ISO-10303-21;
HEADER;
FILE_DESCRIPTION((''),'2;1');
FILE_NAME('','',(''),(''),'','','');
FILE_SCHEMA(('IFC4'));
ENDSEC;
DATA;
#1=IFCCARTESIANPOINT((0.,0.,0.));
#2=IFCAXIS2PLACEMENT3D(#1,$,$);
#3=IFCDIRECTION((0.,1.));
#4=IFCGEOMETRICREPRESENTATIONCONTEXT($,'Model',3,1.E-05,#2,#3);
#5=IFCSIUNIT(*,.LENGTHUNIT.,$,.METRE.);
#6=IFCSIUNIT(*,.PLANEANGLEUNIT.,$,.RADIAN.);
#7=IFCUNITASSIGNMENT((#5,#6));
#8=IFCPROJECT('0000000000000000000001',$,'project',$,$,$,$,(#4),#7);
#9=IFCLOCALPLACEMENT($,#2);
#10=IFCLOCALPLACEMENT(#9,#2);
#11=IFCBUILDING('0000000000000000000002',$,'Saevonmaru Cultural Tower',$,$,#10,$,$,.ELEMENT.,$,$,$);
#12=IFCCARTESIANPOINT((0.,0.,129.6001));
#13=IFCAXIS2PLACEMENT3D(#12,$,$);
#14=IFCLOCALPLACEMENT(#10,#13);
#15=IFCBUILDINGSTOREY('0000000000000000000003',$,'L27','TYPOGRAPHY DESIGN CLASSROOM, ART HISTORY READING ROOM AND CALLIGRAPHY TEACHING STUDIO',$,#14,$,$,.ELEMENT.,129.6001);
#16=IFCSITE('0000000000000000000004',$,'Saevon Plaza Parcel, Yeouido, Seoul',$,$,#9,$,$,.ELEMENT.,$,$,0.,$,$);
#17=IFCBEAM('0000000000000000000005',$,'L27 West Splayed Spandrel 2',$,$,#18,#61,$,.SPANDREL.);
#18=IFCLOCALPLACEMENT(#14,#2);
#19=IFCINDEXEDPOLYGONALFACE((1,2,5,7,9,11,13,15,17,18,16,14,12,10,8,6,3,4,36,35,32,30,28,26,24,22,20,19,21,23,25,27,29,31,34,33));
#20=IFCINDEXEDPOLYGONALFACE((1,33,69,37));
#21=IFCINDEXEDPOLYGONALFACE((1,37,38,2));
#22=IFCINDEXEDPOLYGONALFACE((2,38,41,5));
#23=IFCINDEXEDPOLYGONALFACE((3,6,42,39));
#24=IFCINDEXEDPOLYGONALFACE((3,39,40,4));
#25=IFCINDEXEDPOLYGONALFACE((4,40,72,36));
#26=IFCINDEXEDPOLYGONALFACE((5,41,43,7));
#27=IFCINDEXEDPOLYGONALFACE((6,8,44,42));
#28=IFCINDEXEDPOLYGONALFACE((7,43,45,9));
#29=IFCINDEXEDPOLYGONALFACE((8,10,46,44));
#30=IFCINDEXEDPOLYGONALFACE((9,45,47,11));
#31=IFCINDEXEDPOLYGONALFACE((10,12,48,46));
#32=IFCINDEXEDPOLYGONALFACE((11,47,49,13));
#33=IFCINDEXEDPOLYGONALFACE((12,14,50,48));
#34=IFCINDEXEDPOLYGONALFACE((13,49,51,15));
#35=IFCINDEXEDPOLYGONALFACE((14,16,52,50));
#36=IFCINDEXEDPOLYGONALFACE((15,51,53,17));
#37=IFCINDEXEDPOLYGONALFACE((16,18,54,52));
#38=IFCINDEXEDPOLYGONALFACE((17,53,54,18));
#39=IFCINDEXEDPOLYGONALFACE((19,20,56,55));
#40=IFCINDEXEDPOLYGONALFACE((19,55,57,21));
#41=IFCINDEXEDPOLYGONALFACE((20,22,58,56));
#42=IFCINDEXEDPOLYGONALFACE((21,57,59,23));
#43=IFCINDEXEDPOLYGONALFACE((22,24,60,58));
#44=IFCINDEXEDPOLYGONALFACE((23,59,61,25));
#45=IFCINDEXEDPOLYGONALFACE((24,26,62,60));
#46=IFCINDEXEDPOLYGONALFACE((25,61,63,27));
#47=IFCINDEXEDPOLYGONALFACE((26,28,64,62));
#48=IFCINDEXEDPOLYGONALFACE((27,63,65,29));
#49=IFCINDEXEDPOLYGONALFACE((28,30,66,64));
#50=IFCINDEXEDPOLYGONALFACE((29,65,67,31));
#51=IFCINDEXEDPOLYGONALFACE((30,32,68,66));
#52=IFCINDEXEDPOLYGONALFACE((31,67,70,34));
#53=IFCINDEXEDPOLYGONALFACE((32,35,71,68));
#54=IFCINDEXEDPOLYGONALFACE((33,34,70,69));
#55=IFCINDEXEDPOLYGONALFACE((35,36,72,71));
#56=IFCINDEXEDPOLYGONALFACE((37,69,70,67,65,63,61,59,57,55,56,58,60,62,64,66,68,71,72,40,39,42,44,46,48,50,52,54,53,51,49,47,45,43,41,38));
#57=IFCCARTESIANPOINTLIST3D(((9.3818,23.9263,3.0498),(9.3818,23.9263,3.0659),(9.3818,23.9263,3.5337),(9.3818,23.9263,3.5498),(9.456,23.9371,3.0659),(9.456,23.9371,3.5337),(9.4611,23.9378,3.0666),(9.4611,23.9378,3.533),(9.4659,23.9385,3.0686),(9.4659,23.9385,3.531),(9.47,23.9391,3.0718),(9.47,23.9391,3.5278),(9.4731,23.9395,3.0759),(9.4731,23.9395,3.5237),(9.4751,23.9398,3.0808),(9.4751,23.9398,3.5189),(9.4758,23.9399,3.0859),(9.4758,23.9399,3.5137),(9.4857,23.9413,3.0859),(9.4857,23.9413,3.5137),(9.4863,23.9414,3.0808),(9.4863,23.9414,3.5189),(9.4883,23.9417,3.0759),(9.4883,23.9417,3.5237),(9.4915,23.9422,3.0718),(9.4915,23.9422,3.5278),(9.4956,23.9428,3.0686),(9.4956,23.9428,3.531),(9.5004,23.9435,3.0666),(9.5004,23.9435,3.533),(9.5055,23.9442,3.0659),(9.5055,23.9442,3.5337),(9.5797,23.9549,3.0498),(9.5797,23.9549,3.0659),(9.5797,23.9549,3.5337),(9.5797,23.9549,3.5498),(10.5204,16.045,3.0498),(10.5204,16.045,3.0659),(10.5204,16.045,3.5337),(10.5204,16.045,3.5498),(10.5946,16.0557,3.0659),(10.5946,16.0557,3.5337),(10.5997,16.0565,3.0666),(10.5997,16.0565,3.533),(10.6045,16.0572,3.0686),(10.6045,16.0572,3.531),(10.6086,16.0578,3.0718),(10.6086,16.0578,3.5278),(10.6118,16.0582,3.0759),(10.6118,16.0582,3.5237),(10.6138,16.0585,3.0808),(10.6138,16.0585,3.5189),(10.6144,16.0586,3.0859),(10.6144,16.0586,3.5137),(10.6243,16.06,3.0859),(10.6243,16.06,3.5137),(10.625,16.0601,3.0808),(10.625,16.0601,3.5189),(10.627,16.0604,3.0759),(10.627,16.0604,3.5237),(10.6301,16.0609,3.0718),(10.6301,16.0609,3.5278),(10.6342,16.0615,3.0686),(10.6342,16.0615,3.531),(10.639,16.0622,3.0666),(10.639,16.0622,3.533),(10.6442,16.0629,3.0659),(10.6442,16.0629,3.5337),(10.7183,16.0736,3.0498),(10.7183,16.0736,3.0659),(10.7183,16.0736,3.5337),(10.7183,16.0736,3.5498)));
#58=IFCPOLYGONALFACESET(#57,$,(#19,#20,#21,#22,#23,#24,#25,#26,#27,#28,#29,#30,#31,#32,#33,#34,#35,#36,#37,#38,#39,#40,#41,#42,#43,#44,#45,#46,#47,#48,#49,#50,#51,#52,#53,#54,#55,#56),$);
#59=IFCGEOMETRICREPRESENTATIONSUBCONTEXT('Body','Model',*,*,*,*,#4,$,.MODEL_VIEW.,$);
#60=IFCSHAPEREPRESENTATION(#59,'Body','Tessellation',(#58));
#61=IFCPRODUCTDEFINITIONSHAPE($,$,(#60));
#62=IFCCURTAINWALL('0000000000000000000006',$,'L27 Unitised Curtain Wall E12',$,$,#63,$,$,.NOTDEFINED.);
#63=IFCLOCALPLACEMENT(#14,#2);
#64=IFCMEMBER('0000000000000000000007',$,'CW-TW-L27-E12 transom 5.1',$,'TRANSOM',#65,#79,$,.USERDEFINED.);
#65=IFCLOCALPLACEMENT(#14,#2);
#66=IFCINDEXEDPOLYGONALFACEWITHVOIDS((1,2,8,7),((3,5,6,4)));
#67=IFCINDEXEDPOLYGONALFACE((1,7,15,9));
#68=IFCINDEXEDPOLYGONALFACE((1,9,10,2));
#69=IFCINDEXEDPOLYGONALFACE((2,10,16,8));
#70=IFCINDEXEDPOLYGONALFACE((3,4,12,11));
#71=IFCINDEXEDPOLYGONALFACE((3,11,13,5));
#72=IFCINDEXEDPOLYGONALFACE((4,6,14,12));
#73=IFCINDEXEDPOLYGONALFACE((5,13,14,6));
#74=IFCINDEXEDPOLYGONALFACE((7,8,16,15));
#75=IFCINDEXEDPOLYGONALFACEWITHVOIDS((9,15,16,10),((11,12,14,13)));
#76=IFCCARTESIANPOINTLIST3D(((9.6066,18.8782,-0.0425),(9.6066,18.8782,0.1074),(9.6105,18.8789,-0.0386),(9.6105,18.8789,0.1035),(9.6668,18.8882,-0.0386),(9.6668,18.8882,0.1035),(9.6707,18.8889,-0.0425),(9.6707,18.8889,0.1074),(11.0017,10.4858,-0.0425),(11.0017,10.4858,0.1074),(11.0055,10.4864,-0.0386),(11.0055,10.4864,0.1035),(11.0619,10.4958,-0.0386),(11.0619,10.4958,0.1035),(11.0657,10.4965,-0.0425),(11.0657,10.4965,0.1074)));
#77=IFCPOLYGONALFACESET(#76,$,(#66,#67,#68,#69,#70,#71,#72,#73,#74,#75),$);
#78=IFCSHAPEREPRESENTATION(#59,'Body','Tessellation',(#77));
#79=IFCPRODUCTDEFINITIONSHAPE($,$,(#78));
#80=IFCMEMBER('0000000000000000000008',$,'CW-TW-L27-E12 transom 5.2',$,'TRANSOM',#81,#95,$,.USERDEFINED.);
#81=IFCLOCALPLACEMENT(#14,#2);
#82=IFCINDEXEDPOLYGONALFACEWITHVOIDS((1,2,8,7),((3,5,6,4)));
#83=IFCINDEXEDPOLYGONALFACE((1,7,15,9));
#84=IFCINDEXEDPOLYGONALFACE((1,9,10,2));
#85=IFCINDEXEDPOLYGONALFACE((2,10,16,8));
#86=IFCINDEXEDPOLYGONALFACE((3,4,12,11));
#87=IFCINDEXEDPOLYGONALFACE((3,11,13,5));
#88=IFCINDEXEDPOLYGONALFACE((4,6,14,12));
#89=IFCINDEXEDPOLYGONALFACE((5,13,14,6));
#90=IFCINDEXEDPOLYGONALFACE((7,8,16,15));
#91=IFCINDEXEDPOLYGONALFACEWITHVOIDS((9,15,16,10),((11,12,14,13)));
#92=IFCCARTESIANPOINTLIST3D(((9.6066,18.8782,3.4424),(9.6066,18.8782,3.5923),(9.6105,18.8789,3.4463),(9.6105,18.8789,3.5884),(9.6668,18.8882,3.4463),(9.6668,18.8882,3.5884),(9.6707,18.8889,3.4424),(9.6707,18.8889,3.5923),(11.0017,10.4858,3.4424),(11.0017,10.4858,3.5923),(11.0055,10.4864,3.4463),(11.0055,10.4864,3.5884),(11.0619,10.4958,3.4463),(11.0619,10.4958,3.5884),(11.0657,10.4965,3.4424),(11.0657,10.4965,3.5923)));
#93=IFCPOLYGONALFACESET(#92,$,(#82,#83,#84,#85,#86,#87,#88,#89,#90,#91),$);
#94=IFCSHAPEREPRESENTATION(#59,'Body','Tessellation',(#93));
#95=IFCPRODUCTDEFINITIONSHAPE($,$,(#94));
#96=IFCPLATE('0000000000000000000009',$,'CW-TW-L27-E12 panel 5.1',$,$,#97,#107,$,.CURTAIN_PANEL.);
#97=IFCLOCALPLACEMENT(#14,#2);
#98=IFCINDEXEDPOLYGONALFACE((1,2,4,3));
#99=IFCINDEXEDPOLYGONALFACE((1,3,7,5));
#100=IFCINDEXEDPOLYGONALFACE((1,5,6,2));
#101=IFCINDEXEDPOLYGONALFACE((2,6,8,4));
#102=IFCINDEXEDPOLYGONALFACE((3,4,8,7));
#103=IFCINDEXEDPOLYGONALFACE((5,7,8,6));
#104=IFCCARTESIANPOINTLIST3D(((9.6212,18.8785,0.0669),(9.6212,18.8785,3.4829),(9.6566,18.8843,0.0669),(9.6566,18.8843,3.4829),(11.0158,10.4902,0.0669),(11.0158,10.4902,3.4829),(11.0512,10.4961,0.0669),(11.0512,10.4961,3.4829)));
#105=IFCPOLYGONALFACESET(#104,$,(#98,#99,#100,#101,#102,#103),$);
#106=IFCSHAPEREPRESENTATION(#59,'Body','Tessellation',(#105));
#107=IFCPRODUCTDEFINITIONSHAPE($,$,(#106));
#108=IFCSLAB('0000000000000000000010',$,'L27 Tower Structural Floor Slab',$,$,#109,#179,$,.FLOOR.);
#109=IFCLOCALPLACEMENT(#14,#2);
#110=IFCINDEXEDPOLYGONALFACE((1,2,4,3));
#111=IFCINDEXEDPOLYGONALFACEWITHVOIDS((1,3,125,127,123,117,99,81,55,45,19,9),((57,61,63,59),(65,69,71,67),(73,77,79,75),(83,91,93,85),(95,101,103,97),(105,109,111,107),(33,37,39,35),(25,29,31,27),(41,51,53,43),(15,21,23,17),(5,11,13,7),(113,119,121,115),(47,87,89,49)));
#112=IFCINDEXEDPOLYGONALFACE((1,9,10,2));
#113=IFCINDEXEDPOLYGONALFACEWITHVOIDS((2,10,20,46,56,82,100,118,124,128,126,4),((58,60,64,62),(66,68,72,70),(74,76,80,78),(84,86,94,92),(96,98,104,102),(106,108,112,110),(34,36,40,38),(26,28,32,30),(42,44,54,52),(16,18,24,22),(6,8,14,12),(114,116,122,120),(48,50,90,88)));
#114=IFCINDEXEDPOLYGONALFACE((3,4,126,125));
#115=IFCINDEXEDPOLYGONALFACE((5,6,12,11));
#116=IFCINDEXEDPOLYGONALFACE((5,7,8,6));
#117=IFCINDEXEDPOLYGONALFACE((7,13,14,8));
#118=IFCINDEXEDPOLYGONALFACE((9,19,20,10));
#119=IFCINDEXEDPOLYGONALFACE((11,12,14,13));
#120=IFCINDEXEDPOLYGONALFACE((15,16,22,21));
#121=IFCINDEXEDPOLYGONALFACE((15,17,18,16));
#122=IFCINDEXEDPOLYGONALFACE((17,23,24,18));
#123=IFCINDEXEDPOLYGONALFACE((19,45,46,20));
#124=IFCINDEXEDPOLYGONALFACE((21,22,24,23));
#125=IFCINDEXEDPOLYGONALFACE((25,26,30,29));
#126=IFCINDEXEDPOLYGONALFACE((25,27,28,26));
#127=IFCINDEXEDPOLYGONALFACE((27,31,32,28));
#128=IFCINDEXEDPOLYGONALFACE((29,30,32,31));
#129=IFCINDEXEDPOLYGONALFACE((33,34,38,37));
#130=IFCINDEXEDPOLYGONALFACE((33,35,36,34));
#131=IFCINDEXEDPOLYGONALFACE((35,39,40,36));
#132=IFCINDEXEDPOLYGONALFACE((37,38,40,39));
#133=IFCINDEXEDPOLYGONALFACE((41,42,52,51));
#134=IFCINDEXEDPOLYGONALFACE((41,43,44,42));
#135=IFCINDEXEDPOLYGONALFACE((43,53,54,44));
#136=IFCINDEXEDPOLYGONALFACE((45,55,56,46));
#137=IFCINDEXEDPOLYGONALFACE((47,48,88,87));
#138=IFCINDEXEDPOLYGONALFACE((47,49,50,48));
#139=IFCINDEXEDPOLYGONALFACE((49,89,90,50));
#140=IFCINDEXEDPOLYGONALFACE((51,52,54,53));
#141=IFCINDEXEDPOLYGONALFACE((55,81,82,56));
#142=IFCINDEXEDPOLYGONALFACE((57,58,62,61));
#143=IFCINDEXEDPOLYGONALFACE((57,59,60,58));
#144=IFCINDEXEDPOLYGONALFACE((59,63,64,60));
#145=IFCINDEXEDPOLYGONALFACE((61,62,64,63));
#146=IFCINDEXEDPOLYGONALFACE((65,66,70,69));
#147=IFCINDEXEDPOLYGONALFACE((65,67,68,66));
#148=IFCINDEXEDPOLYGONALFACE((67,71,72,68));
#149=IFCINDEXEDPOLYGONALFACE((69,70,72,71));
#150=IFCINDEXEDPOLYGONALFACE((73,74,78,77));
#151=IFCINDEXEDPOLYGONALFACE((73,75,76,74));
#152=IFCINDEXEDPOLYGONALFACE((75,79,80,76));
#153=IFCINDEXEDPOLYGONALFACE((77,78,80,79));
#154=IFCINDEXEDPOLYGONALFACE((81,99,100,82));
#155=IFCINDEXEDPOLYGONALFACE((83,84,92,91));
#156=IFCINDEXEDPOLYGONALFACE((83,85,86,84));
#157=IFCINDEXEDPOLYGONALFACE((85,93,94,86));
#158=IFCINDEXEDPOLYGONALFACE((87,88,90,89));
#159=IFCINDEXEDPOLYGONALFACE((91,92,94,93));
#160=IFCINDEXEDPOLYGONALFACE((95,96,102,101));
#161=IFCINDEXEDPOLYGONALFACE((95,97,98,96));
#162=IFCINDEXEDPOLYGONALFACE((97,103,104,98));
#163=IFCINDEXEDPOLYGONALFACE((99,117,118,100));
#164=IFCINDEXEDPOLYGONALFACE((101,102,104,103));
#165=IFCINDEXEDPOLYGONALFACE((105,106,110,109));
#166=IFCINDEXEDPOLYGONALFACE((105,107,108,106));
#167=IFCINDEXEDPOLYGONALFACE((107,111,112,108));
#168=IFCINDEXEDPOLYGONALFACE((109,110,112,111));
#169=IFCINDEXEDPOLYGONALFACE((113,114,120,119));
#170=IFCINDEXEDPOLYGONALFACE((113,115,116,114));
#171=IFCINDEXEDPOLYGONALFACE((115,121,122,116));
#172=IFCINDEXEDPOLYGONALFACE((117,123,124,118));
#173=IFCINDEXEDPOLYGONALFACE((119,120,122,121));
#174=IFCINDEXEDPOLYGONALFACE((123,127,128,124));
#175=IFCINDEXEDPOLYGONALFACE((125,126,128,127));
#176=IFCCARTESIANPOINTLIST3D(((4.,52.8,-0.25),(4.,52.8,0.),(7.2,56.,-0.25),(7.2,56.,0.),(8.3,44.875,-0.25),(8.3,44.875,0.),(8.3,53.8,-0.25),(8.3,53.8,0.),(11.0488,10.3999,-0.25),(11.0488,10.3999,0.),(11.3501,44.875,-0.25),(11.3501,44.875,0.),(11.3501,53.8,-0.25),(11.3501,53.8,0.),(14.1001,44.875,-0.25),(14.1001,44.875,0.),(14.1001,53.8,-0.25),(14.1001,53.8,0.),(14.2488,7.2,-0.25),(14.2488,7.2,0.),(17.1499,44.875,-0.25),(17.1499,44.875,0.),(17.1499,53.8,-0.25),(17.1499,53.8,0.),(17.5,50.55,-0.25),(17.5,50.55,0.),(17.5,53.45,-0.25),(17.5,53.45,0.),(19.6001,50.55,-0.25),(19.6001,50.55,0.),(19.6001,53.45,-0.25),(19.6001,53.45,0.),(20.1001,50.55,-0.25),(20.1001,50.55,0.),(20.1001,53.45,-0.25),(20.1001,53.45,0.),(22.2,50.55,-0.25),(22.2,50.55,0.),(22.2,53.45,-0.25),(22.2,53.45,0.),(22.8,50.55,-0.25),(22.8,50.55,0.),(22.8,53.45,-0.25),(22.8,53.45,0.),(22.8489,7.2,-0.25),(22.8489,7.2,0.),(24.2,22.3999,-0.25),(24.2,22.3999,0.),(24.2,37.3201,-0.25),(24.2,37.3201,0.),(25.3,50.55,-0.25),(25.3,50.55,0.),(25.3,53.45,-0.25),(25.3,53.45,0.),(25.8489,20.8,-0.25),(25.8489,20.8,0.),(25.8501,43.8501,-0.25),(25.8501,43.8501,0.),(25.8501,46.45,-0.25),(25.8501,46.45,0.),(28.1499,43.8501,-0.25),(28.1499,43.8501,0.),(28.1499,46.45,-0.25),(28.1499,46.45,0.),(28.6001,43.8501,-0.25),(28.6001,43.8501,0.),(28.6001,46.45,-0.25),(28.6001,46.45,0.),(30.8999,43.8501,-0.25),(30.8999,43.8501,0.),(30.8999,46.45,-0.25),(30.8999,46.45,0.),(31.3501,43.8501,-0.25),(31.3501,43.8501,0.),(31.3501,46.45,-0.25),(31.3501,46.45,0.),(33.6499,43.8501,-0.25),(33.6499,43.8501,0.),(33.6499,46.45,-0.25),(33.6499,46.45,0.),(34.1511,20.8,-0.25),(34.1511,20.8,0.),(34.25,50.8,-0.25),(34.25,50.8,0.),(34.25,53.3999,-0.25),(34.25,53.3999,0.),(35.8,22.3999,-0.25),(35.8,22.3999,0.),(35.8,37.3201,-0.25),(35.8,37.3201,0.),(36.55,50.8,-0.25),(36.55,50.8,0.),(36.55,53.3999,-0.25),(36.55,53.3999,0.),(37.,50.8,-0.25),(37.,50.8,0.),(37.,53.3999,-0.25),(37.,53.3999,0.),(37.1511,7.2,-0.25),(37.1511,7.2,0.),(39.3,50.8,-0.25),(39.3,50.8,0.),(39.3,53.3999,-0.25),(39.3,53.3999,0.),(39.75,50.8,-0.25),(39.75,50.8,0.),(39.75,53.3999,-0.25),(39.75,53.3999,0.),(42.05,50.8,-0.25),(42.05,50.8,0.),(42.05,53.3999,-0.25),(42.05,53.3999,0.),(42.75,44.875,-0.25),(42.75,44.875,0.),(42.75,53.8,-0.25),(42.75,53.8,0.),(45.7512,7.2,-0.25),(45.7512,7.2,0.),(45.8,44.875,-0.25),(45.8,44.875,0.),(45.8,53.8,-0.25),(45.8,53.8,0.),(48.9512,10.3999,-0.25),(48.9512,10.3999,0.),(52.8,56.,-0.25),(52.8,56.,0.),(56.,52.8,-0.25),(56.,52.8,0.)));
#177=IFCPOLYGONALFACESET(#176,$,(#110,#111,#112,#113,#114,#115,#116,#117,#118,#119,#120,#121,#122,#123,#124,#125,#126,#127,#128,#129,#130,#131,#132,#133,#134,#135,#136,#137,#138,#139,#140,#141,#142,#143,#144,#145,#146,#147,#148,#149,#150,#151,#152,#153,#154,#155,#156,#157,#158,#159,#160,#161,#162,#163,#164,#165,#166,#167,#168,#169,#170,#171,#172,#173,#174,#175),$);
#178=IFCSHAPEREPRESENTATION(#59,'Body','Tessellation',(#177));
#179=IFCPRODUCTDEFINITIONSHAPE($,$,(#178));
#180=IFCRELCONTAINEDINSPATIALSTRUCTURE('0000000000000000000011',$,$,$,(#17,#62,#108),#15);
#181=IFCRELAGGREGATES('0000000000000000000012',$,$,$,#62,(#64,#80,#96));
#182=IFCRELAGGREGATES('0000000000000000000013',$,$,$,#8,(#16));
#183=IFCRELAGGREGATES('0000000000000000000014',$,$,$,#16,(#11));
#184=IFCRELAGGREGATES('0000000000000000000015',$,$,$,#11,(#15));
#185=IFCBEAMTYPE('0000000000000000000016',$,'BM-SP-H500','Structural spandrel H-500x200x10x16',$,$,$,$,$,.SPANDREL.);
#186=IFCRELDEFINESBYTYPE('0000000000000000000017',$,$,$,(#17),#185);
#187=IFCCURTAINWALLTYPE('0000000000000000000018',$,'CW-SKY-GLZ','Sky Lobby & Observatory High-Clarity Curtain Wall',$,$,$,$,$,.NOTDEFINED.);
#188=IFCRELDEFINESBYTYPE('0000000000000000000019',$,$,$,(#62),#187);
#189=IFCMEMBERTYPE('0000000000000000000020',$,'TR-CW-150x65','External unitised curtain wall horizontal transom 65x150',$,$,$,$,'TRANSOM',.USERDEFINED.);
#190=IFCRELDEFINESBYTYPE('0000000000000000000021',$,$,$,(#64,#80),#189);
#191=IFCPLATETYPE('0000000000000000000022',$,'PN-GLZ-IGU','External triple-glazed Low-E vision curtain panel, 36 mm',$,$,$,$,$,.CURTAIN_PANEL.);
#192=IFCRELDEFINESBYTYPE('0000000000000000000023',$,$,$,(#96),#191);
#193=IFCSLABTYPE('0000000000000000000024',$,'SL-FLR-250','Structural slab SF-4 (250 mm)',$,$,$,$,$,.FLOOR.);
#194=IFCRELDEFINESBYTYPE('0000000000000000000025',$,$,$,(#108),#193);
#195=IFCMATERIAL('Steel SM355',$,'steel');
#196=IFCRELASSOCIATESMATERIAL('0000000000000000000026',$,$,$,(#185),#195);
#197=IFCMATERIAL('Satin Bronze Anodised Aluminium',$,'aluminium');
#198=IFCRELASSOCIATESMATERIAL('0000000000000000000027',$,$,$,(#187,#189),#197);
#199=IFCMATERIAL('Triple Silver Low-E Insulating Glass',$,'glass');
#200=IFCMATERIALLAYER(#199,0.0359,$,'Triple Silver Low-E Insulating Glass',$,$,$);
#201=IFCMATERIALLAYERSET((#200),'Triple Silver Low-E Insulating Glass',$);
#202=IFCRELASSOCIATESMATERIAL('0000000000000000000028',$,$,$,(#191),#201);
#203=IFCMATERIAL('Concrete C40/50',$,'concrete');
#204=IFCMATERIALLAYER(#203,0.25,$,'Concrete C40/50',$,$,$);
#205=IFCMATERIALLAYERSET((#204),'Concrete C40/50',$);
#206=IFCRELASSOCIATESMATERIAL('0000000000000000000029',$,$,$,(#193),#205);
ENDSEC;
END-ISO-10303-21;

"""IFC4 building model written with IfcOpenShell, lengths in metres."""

from ifc_helpers import new_model, si_unit, direction, frame, origin, origin_2d, place, context, subcontext, project, spatial, polyline, rectangle, hollow_rectangle, i_section, outline, extrude, material, layer, layer_set, material_profile, profile_set, type_object, element, aggregate, save


model = new_model("IFC4")

# Units and contexts
model_context = context("Model", 3, precision=1e-05, world=origin(), true_north=direction((0.0, 1.0)))
body_context = subcontext(model_context, "Body", "Model", "MODEL_VIEW")
ifc_project = project(units=[si_unit("LENGTHUNIT", "METRE"), si_unit("PLANEANGLEUNIT", "RADIAN")], contexts=[model_context])

# Site, building, storey
site_placement = place(None, origin())
site = spatial("IfcSite", under=ifc_project, at=site_placement, Name="Saevon Plaza Parcel, Yeouido, Seoul", CompositionType="ELEMENT", RefElevation=0.0)
building_placement = place(site_placement, origin())
building = spatial("IfcBuilding", under=site, at=building_placement, Name="Saevonmaru Cultural Tower", CompositionType="ELEMENT")
storey_placement = place(building_placement, frame((0.0, 0.0, 129.6001)))
storey = spatial("IfcBuildingStorey", under=building, at=storey_placement, Name="L27", Description="TYPOGRAPHY DESIGN CLASSROOM, ART HISTORY READING ROOM AND CALLIGRAPHY TEACHING STUDIO", CompositionType="ELEMENT", Elevation=129.6001)

# Beam
ifc_material_1 = material(Name="Steel SM355", Category="steel")
ifc_material_profile_1 = material_profile(ifc_material_1, i_section(OverallWidth=0.2, OverallDepth=0.5, WebThickness=0.01, FlangeThickness=0.0161, FilletRadius=0.02, at=origin_2d()), Name="H-500x200x10x16")
ifc_profile_set_1 = profile_set([ifc_material_profile_1], Name="Steel SM355")
beam_type = type_object("IfcBeamType", Name="BM-SP-H500", Description="Structural spandrel H-500x200x10x16", PredefinedType="SPANDREL", material=ifc_profile_set_1)
beam_placement = place(storey_placement, frame((10.6194, 16.0593, 3.2998), z_axis=(-0.142992, 0.989724, 0.0), x_axis=(-0.989724, -0.142992, 0.0)))
element("IfcBeam", 1, at=beam_placement, inside=storey, type_object=beam_type, Name="L27 West Splayed Spandrel 2", PredefinedType="SPANDREL", context=body_context, shape_type="SweptSolid", body=[
    extrude(i_section(OverallWidth=0.2, OverallDepth=0.5, WebThickness=0.01, FlangeThickness=0.0161, FilletRadius=0.02, at=origin_2d()), origin(), (0.0, 0.0, 1.0), 7.9631),
])

# Curtain wall, members, plate
ifc_material_2 = material(Name="Satin Bronze Anodised Aluminium", Category="aluminium")
curtain_wall_type = type_object("IfcCurtainWallType", Name="CW-SKY-GLZ", Description="Sky Lobby & Observatory High-Clarity Curtain Wall", PredefinedType="NOTDEFINED", material=ifc_material_2)
curtain_wall_placement = place(storey_placement, origin())
curtain_wall = element("IfcCurtainWall", 2, at=curtain_wall_placement, inside=storey, type_object=curtain_wall_type, Name="L27 Unitised Curtain Wall E12", PredefinedType="NOTDEFINED")
ifc_material_profile_2 = material_profile(ifc_material_2, hollow_rectangle(XDim=0.0649, YDim=0.1499, WallThickness=0.0039, at=origin_2d()), Name="ALU-TRAN-150x65x4")
ifc_profile_set_2 = profile_set([ifc_material_profile_2], Name="Satin Bronze Anodised Aluminium")
member_type = type_object("IfcMemberType", Name="TR-CW-150x65", Description="External unitised curtain wall horizontal transom 65x150", ElementType="TRANSOM", PredefinedType="USERDEFINED", material=ifc_profile_set_2)
member_1_placement = place(storey_placement, frame((9.6387, 18.8835, 0.0325), z_axis=(0.163975, -0.986464, 0.0), x_axis=(0.986464, 0.163975, 0.0)))
member_1 = element("IfcMember", 3, at=member_1_placement, type_object=member_type, Name="CW-TW-L27-E12 transom 5.1", ObjectType="TRANSOM", PredefinedType="USERDEFINED", context=body_context, shape_type="SweptSolid", body=[
    extrude(hollow_rectangle(XDim=0.0649, YDim=0.1499, WallThickness=0.0039, at=origin_2d()), origin(), (0.0, 0.0, 1.0), 8.5076),
])
member_2_placement = place(storey_placement, frame((9.6387, 18.8835, 3.5173), z_axis=(0.163975, -0.986464, 0.0), x_axis=(0.986464, 0.163975, 0.0)))
member_2 = element("IfcMember", 4, at=member_2_placement, type_object=member_type, Name="CW-TW-L27-E12 transom 5.2", ObjectType="TRANSOM", PredefinedType="USERDEFINED", context=body_context, shape_type="SweptSolid", body=[
    extrude(hollow_rectangle(XDim=0.0649, YDim=0.1499, WallThickness=0.0039, at=origin_2d()), origin(), (0.0, 0.0, 1.0), 8.5076),
])
ifc_material_3 = material(Name="Triple Silver Low-E Insulating Glass", Category="glass")
ifc_layer_1 = layer(ifc_material_3, 0.0359, Name="Triple Silver Low-E Insulating Glass")
ifc_layer_set_1 = layer_set([ifc_layer_1], Name="Triple Silver Low-E Insulating Glass")
plate_type = type_object("IfcPlateType", Name="PN-GLZ-IGU", Description="External triple-glazed Low-E vision curtain panel, 36 mm", PredefinedType="CURTAIN_PANEL", material=ifc_layer_set_1)
plate_placement = place(storey_placement, frame((10.3362, 14.6873, 0.0669), z_axis=(0.0, 0.0, 1.0), x_axis=(0.163999, -0.986461, 0.0)))
plate = element("IfcPlate", 5, at=plate_placement, type_object=plate_type, Name="CW-TW-L27-E12 panel 5.1", PredefinedType="CURTAIN_PANEL", context=body_context, shape_type="SweptSolid", body=[
    extrude(rectangle(XDim=8.5034, YDim=0.0359, at=origin_2d()), origin(), (0.0, 0.0, 1.0), 3.416),
])
aggregate(curtain_wall, [member_1, member_2, plate])

# Slab
ifc_material_4 = material(Name="Concrete C40/50", Category="concrete")
ifc_layer_2 = layer(ifc_material_4, 0.25, Name="Concrete C40/50")
ifc_layer_set_2 = layer_set([ifc_layer_2], Name="Concrete C40/50")
slab_type_1 = type_object("IfcSlabType", Name="SL-FLR-250", Description="Structural slab SF-4 (250 mm)", PredefinedType="FLOOR", material=ifc_layer_set_2)
slab_1_placement = place(storey_placement, frame((0.0, 0.0, -0.25)))
element("IfcSlab", 6, at=slab_1_placement, inside=storey, type_object=slab_type_1, Name="L27 Tower Structural Floor Slab", PredefinedType="FLOOR", context=body_context, shape_type="SweptSolid", body=[
    extrude(outline(polyline([(11.0488, 10.3999), (14.2488, 7.2), (22.8489, 7.2), (25.8489, 20.8), (34.1511, 20.8), (37.1511, 7.2), (45.7512, 7.2), (48.9512, 10.3999), (56.0, 52.8), (52.8, 56.0), (7.2, 56.0), (4.0, 52.8), (11.0488, 10.3999)]), holes=[polyline([(45.8, 44.875), (42.75, 44.875), (42.75, 53.8), (45.8, 53.8), (45.8, 44.875)]), polyline([(39.75, 50.8), (39.75, 53.3999), (42.05, 53.3999), (42.05, 50.8), (39.75, 50.8)]), polyline([(37.0, 50.8), (37.0, 53.3999), (39.3, 53.3999), (39.3, 50.8), (37.0, 50.8)]), polyline([(34.25, 50.8), (34.25, 53.3999), (36.55, 53.3999), (36.55, 50.8), (34.25, 50.8)]), polyline([(24.2, 22.3999), (24.2, 37.3201), (35.8, 37.3201), (35.8, 22.3999), (24.2, 22.3999)]), polyline([(31.3501, 43.8501), (31.3501, 46.45), (33.6499, 46.45), (33.6499, 43.8501), (31.3501, 43.8501)]), polyline([(28.6001, 43.8501), (28.6001, 46.45), (30.8999, 46.45), (30.8999, 43.8501), (28.6001, 43.8501)]), polyline([(28.1499, 43.8501), (25.8501, 43.8501), (25.8501, 46.45), (28.1499, 46.45), (28.1499, 43.8501)]), polyline([(25.3, 50.55), (22.8, 50.55), (22.8, 53.45), (25.3, 53.45), (25.3, 50.55)]), polyline([(20.1001, 50.55), (20.1001, 53.45), (22.2, 53.45), (22.2, 50.55), (20.1001, 50.55)]), polyline([(17.5, 50.55), (17.5, 53.45), (19.6001, 53.45), (19.6001, 50.55), (17.5, 50.55)]), polyline([(17.1499, 53.8), (17.1499, 44.875), (14.1001, 44.875), (14.1001, 53.8), (17.1499, 53.8)]), polyline([(11.3501, 44.875), (8.3, 44.875), (8.3, 53.8), (11.3501, 53.8), (11.3501, 44.875)])]), origin(), (0.0, 0.0, 1.0), 0.25),
])

save(model, "model.ifc")
